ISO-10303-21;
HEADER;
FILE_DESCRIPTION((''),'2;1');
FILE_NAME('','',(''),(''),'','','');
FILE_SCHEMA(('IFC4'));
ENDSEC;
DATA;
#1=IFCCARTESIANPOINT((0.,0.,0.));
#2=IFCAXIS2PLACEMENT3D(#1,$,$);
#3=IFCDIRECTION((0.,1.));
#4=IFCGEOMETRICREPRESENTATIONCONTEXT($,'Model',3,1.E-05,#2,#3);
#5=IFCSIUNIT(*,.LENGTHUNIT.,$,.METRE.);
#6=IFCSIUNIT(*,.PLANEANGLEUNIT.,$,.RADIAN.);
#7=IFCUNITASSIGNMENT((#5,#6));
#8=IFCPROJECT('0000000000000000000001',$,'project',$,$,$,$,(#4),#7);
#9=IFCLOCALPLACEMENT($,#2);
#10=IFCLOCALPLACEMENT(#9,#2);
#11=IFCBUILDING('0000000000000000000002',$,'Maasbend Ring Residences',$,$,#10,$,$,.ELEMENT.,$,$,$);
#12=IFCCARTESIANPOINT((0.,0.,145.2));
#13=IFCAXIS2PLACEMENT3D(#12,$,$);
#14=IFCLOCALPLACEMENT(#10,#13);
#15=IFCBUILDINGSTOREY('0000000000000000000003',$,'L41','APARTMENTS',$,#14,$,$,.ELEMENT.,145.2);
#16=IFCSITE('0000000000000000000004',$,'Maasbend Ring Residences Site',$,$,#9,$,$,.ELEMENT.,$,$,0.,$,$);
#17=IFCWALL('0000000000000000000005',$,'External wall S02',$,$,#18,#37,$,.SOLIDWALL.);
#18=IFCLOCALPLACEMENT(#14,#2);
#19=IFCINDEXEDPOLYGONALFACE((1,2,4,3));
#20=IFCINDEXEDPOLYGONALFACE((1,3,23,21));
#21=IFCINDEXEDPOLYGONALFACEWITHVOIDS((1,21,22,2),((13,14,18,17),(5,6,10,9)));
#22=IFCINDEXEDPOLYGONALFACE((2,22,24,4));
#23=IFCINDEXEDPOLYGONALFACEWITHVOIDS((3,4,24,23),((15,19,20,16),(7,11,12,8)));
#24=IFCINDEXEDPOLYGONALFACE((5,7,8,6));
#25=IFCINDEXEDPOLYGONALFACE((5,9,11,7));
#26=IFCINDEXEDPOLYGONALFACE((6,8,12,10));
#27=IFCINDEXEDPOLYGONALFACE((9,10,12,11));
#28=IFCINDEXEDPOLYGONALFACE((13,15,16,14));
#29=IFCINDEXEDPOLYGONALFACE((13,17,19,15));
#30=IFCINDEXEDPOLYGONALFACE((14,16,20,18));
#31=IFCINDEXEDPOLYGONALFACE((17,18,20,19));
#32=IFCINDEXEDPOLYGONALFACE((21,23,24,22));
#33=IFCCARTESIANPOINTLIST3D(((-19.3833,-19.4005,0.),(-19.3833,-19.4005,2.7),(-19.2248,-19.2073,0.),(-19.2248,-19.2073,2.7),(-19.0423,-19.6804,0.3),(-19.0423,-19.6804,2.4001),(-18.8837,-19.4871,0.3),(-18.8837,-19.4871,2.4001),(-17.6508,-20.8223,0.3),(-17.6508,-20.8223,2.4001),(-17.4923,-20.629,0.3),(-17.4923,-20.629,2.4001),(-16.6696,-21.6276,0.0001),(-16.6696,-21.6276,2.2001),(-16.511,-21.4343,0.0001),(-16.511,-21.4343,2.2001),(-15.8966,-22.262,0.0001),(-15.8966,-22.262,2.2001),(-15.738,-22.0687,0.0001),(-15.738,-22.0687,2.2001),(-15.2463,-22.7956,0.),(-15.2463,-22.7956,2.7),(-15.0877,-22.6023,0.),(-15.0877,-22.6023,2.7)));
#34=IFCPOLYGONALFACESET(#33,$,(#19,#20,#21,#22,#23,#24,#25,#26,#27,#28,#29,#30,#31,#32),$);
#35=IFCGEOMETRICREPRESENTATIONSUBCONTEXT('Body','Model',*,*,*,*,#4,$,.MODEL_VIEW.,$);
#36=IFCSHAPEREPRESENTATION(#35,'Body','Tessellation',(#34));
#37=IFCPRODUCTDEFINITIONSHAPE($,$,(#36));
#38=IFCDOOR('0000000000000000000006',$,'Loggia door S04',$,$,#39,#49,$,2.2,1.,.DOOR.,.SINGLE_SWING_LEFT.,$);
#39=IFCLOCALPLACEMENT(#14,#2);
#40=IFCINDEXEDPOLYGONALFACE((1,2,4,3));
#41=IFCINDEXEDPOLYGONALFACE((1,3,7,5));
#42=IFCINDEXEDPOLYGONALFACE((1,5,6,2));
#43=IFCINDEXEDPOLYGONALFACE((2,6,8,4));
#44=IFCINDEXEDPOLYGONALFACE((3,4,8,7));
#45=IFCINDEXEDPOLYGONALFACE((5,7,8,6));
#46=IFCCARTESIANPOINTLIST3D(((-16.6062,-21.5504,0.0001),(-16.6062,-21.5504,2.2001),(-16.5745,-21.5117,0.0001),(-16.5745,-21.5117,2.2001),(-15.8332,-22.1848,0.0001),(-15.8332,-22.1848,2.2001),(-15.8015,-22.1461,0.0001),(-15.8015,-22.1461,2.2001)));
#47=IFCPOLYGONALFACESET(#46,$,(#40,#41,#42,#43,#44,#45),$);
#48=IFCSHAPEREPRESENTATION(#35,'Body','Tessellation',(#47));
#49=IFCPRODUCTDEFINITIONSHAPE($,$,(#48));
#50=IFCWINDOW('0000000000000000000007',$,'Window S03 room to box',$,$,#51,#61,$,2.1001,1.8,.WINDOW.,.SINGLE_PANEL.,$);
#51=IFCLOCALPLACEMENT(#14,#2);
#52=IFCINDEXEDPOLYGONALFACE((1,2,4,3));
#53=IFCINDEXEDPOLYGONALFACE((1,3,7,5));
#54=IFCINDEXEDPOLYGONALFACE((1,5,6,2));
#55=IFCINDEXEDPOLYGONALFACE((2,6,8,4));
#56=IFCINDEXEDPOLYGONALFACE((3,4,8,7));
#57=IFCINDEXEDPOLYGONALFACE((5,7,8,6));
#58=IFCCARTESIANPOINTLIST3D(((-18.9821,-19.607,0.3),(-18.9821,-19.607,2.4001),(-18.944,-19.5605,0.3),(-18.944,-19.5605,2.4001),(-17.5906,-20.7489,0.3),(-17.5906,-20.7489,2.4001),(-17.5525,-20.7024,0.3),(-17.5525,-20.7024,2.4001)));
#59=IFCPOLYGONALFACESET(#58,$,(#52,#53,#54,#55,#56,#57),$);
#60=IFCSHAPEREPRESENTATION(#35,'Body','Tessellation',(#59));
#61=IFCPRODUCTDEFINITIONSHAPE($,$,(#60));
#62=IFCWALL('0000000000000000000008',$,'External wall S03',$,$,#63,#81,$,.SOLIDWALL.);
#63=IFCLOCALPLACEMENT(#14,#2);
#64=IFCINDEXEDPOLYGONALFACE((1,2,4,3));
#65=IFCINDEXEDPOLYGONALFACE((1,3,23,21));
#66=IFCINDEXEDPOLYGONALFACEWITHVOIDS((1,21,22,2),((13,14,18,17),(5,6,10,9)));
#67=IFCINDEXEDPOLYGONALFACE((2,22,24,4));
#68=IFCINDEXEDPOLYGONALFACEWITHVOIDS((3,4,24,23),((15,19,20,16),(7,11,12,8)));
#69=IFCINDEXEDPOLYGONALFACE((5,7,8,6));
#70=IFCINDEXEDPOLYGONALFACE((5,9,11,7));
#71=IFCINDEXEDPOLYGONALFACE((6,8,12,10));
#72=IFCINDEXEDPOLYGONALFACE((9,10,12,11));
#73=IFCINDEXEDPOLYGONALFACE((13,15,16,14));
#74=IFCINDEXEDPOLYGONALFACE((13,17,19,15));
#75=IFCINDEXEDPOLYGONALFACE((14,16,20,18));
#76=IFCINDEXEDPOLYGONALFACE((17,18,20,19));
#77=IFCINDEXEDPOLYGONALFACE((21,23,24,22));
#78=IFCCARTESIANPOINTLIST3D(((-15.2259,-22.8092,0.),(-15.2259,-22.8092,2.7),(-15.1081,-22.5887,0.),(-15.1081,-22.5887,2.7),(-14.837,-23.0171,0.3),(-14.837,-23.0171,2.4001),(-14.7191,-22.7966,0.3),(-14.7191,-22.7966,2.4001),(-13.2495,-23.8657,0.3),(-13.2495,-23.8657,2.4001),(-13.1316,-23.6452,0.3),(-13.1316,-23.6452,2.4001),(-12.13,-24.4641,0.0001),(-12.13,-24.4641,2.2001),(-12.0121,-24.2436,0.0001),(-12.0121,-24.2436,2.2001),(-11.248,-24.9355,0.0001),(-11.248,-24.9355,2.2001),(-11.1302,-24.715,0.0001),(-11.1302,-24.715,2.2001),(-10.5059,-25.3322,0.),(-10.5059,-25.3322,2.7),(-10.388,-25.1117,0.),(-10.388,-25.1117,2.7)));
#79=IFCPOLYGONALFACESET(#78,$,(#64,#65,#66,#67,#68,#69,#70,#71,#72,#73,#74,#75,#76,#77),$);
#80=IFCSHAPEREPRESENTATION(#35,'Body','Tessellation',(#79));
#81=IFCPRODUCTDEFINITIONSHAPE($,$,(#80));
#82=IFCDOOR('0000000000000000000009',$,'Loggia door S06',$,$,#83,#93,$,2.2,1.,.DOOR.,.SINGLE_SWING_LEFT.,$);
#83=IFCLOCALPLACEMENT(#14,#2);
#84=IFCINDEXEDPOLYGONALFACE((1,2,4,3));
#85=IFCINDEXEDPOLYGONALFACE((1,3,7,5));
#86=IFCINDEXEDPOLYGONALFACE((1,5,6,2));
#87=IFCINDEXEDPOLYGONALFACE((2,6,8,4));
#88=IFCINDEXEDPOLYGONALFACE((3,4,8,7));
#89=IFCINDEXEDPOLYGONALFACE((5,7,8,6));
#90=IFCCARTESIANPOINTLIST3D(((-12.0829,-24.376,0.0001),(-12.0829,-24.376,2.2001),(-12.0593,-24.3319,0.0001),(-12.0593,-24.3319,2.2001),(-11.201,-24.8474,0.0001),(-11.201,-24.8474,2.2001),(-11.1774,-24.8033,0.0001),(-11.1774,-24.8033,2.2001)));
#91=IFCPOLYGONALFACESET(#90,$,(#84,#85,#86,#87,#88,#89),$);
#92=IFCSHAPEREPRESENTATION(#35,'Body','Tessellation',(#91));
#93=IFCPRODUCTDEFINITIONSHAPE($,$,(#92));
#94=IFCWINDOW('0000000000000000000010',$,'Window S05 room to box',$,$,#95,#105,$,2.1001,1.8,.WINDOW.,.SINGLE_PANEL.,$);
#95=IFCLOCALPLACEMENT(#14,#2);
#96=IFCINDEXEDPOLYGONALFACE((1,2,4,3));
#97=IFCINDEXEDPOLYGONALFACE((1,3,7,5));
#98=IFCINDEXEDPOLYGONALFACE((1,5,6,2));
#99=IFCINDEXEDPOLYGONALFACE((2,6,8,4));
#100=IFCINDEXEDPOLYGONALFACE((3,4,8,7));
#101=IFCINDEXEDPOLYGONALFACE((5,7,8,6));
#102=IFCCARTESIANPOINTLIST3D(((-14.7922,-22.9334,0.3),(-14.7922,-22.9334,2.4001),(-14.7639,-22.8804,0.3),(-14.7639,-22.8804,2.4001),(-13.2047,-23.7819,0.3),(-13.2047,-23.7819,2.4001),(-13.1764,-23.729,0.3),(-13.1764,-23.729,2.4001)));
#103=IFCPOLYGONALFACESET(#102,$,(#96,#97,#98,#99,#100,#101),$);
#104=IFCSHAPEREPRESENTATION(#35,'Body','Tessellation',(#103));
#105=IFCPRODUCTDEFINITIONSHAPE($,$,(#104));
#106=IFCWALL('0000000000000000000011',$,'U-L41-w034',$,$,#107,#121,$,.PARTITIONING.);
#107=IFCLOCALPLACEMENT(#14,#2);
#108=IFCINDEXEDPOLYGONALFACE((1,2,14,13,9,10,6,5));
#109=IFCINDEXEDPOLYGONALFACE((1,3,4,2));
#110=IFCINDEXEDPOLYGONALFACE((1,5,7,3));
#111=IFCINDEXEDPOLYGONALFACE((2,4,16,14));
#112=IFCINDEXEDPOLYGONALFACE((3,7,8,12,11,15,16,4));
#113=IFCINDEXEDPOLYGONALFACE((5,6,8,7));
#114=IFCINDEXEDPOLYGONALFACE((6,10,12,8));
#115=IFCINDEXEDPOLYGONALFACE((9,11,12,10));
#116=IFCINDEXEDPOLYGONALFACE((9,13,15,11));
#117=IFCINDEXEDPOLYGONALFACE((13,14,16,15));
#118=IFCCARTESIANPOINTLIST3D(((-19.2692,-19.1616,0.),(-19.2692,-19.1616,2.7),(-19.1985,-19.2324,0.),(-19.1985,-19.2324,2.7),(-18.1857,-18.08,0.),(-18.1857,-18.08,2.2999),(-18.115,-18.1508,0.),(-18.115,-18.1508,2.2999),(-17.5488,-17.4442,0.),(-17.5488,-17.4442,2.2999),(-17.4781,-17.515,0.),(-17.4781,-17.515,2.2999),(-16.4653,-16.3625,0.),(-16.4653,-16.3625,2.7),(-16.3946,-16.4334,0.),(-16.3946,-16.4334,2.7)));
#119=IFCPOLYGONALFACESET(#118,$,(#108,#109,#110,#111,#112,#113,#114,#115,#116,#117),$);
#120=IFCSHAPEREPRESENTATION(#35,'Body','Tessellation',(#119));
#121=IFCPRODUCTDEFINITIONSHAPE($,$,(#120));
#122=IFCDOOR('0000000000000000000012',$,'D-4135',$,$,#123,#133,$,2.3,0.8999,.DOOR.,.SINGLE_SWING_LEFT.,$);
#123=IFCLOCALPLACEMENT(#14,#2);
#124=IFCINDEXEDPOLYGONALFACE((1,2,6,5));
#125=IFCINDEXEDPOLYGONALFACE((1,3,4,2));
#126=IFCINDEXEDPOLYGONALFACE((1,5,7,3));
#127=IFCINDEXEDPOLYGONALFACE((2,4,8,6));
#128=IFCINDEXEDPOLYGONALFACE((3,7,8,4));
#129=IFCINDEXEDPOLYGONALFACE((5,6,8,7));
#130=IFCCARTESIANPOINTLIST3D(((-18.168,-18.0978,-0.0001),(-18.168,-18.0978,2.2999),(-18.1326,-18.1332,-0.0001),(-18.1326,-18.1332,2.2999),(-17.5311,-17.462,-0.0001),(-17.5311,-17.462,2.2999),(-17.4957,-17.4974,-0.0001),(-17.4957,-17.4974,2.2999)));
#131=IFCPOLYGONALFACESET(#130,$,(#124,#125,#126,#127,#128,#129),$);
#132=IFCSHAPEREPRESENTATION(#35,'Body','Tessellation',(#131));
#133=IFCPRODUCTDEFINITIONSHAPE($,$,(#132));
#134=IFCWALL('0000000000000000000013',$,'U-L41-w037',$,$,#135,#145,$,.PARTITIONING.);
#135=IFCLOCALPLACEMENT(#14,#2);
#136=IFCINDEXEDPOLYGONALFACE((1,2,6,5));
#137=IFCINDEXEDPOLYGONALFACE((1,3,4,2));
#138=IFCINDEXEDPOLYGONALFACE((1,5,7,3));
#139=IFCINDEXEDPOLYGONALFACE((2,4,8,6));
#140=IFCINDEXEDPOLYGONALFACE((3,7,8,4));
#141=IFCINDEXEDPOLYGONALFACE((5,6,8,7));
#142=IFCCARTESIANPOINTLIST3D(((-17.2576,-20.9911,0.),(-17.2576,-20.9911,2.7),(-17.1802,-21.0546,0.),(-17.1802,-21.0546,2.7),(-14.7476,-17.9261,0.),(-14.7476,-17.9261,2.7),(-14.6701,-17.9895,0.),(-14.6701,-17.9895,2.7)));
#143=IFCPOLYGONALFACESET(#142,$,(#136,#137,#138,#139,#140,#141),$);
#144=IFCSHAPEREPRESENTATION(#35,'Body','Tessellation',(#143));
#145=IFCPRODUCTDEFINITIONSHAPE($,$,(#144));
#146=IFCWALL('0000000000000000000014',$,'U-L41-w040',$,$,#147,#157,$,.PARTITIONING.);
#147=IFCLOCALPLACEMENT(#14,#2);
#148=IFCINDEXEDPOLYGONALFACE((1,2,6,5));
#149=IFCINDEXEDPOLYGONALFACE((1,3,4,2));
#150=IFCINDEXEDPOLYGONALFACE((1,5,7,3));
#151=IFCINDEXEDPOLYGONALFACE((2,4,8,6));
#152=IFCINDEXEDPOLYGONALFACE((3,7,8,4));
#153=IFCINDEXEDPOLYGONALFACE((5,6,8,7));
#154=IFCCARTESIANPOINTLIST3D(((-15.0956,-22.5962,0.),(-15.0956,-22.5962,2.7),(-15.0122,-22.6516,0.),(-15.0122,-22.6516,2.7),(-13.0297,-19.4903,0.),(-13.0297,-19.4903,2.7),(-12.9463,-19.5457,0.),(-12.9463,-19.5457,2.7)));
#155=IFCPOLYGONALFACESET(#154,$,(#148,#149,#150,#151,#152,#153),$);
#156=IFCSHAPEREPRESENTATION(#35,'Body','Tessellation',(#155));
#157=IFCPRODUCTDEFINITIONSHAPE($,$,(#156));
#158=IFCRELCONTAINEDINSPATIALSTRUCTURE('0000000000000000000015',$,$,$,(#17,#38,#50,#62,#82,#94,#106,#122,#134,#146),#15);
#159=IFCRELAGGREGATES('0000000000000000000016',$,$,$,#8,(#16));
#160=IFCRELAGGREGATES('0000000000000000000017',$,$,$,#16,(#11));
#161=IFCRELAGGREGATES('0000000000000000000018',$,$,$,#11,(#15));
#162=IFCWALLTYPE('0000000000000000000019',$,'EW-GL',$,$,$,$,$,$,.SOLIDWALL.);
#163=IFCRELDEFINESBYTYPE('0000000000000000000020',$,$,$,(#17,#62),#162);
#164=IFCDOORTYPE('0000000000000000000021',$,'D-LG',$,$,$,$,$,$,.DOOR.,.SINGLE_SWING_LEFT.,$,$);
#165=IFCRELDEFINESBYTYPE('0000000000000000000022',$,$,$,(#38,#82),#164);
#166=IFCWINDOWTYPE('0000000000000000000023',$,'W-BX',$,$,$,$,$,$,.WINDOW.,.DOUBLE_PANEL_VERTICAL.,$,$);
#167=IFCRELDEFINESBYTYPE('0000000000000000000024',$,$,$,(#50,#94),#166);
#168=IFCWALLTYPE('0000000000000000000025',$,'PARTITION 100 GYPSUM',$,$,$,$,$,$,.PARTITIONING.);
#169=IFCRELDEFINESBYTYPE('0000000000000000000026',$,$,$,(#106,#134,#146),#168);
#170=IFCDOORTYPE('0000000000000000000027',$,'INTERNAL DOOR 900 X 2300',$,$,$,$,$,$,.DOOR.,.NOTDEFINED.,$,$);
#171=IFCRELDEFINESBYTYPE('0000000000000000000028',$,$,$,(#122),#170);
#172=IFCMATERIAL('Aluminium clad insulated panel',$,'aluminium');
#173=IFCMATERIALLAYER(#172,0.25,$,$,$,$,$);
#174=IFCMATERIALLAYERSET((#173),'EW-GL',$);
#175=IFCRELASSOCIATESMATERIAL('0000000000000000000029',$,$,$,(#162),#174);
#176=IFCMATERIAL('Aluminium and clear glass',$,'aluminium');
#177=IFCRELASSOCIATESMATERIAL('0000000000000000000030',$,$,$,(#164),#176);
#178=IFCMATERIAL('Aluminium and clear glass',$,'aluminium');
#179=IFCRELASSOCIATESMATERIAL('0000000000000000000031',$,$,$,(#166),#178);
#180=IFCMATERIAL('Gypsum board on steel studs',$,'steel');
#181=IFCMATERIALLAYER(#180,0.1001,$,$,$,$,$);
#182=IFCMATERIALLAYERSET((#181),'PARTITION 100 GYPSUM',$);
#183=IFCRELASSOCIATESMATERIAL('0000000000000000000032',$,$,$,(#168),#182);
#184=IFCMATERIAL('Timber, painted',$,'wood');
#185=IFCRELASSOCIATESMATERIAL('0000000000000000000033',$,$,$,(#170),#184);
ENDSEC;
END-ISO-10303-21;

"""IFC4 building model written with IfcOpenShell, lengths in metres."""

from ifc_helpers import new_model, si_unit, direction, frame, frame_2d, origin, place, context, subcontext, project, spatial, rectangle, extrude, material, layer, layer_set, type_object, element, fill, save


model = new_model("IFC4")

# Units and contexts
model_context = context("Model", 3, precision=1e-05, world=origin(), true_north=direction((0.0, 1.0)))
body_context = subcontext(model_context, "Body", "Model", "MODEL_VIEW")
ifc_project = project(units=[si_unit("LENGTHUNIT", "METRE"), si_unit("PLANEANGLEUNIT", "RADIAN")], contexts=[model_context])

# Site, building, storey
site_placement = place(None, origin())
site = spatial("IfcSite", under=ifc_project, at=site_placement, Name="Maasbend Ring Residences Site", CompositionType="ELEMENT", RefElevation=0.0)
building_placement = place(site_placement, origin())
building = spatial("IfcBuilding", under=site, at=building_placement, Name="Maasbend Ring Residences", CompositionType="ELEMENT")
storey_placement = place(building_placement, frame((0.0, 0.0, 145.2)))
storey = spatial("IfcBuildingStorey", under=building, at=storey_placement, Name="L41", Description="APARTMENTS", CompositionType="ELEMENT", Elevation=145.2)

# Walls, openings, doors, windows
ifc_material_1 = material(Name="Aluminium clad insulated panel", Category="aluminium")
ifc_layer_1 = layer(ifc_material_1, 0.25)
ifc_layer_set_1 = layer_set([ifc_layer_1], Name="EW-GL")
wall_type_1 = type_object("IfcWallType", Name="EW-GL", PredefinedType="SOLIDWALL", material=ifc_layer_set_1)
wall_1_placement = place(storey_placement, frame((-19.304, -19.304, 0.0), z_axis=(0.0, 0.0, 1.0), x_axis=(0.773019, -0.634382, 0.0)))
wall_1 = element("IfcWall", 1, at=wall_1_placement, inside=storey, type_object=wall_type_1, Name="External wall S02", PredefinedType="SOLIDWALL", context=body_context, shape_type="SweptSolid", body=[
    extrude(rectangle(XDim=5.3518, YDim=0.25, at=frame_2d((2.6758, 0.0))), origin(), (0.0, 0.0, 1.0), 2.7),
])
opening_1_placement = place(wall_1_placement, frame((0.4412, 0.0, 0.3)))
opening_1 = element("IfcOpeningElement", 2, at=opening_1_placement, cuts=wall_1, PredefinedType="OPENING", context=body_context, shape_type="SweptSolid", body=[
    extrude(rectangle(XDim=1.8, YDim=2.1001, at=frame_2d((0.8999, 1.05))), frame((0.0, 0.135, 0.0), z_axis=(0.0, -1.0, 0.0), x_axis=(1.0, 0.0, 0.0)), (0.0, 0.0, 1.0), 0.27),
])
opening_2_placement = place(wall_1_placement, frame((3.5105, 0.0, 0.0)))
opening_2 = element("IfcOpeningElement", 3, at=opening_2_placement, cuts=wall_1, PredefinedType="OPENING", context=body_context, shape_type="SweptSolid", body=[
    extrude(rectangle(XDim=1.0, YDim=2.2, at=frame_2d((0.5, 1.1001))), frame((0.0, 0.135, 0.0), z_axis=(0.0, -1.0, 0.0), x_axis=(1.0, 0.0, 0.0)), (0.0, 0.0, 1.0), 0.27),
])
ifc_material_2 = material(Name="Aluminium and clear glass", Category="aluminium")
door_type_1 = type_object("IfcDoorType", Name="D-LG", OperationType="SINGLE_SWING_LEFT", PredefinedType="DOOR", material=ifc_material_2)
door_1_placement = place(opening_2_placement, origin())
door_1 = element("IfcDoor", 4, at=door_1_placement, inside=storey, type_object=door_type_1, Name="Loggia door S04", OperationType="SINGLE_SWING_LEFT", OverallHeight=2.2, OverallWidth=1.0, PredefinedType="DOOR", context=body_context, shape_type="SweptSolid", body=[
    extrude(rectangle(XDim=1.0, YDim=2.2, at=frame_2d((0.5, 1.1001))), frame((0.0, 0.0249, 0.0), z_axis=(0.0, -1.0, 0.0), x_axis=(1.0, 0.0, 0.0)), (0.0, 0.0, 1.0), 0.05),
])
fill(opening_2, door_1)
ifc_material_3 = material(Name="Aluminium and clear glass", Category="aluminium")
window_type_1 = type_object("IfcWindowType", Name="W-BX", PartitioningType="DOUBLE_PANEL_VERTICAL", PredefinedType="WINDOW", material=ifc_material_3)
window_1_placement = place(opening_1_placement, origin())
window_1 = element("IfcWindow", 5, at=window_1_placement, inside=storey, type_object=window_type_1, Name="Window S03 room to box", OverallHeight=2.1001, OverallWidth=1.8, PartitioningType="SINGLE_PANEL", PredefinedType="WINDOW", context=body_context, shape_type="SweptSolid", body=[
    extrude(rectangle(XDim=1.8, YDim=2.1001, at=frame_2d((0.8999, 1.05))), frame((0.0, 0.03, 0.0), z_axis=(0.0, -1.0, 0.0), x_axis=(1.0, 0.0, 0.0)), (0.0, 0.0, 1.0), 0.0601),
])
fill(opening_1, window_1)
wall_2_placement = place(storey_placement, frame((-15.167, -22.699, 0.0), z_axis=(0.0, 0.0, 1.0), x_axis=(0.881916, -0.471407, 0.0)))
wall_2 = element("IfcWall", 6, at=wall_2_placement, inside=storey, type_object=wall_type_1, Name="External wall S03", PredefinedType="SOLIDWALL", context=body_context, shape_type="SweptSolid", body=[
    extrude(rectangle(XDim=5.3521, YDim=0.25, at=frame_2d((2.676, 0.0))), origin(), (0.0, 0.0, 1.0), 2.7),
])
opening_3_placement = place(wall_2_placement, frame((0.4412, 0.0, 0.3)))
opening_3 = element("IfcOpeningElement", 7, at=opening_3_placement, cuts=wall_2, PredefinedType="OPENING", context=body_context, shape_type="SweptSolid", body=[
    extrude(rectangle(XDim=1.8, YDim=2.1001, at=frame_2d((0.8999, 1.05))), frame((0.0, 0.135, 0.0), z_axis=(0.0, -1.0, 0.0), x_axis=(1.0, 0.0, 0.0)), (0.0, 0.0, 1.0), 0.27),
])
opening_4_placement = place(wall_2_placement, frame((3.5105, 0.0, 0.0)))
opening_4 = element("IfcOpeningElement", 8, at=opening_4_placement, cuts=wall_2, PredefinedType="OPENING", context=body_context, shape_type="SweptSolid", body=[
    extrude(rectangle(XDim=1.0, YDim=2.2, at=frame_2d((0.5, 1.1001))), frame((0.0, 0.135, 0.0), z_axis=(0.0, -1.0, 0.0), x_axis=(1.0, 0.0, 0.0)), (0.0, 0.0, 1.0), 0.27),
])
door_2_placement = place(opening_4_placement, origin())
door_2 = element("IfcDoor", 9, at=door_2_placement, inside=storey, type_object=door_type_1, Name="Loggia door S06", OperationType="SINGLE_SWING_LEFT", OverallHeight=2.2, OverallWidth=1.0, PredefinedType="DOOR", context=body_context, shape_type="SweptSolid", body=[
    extrude(rectangle(XDim=1.0, YDim=2.2, at=frame_2d((0.5, 1.1001))), frame((0.0, 0.0249, 0.0), z_axis=(0.0, -1.0, 0.0), x_axis=(1.0, 0.0, 0.0)), (0.0, 0.0, 1.0), 0.05),
])
fill(opening_4, door_2)
window_2_placement = place(opening_3_placement, origin())
window_2 = element("IfcWindow", 10, at=window_2_placement, inside=storey, type_object=window_type_1, Name="Window S05 room to box", OverallHeight=2.1001, OverallWidth=1.8, PartitioningType="SINGLE_PANEL", PredefinedType="WINDOW", context=body_context, shape_type="SweptSolid", body=[
    extrude(rectangle(XDim=1.8, YDim=2.1001, at=frame_2d((0.8999, 1.05))), frame((0.0, 0.03, 0.0), z_axis=(0.0, -1.0, 0.0), x_axis=(1.0, 0.0, 0.0)), (0.0, 0.0, 1.0), 0.0601),
])
fill(opening_3, window_2)

# Wall, opening, door
ifc_material_4 = material(Name="Gypsum board on steel studs", Category="steel")
ifc_layer_2 = layer(ifc_material_4, 0.1001)
ifc_layer_set_2 = layer_set([ifc_layer_2], Name="PARTITION 100 GYPSUM")
wall_type_2 = type_object("IfcWallType", Name="PARTITION 100 GYPSUM", PredefinedType="PARTITIONING", material=ifc_layer_set_2)
wall_3_placement = place(storey_placement, frame((-19.2339, -19.197, 0.0), z_axis=(0.0, 0.0, 1.0), x_axis=(0.707723, 0.70649, 0.0)))
wall_3 = element("IfcWall", 11, at=wall_3_placement, inside=storey, type_object=wall_type_2, Name="U-L41-w034", PredefinedType="PARTITIONING", context=body_context, shape_type="SweptSolid", body=[
    extrude(rectangle(XDim=3.9619, YDim=0.1001, at=frame_2d((1.981, 0.0))), origin(), (0.0, 0.0, 1.0), 2.7),
])
opening_5_placement = place(wall_3_placement, frame((1.531, 0.0, 0.0)))
opening_5 = element("IfcOpeningElement", 12, at=opening_5_placement, cuts=wall_3, PredefinedType="OPENING", context=body_context, shape_type="SweptSolid", body=[
    extrude(rectangle(XDim=0.8999, YDim=2.3, at=frame_2d((0.45, 1.1499))), frame((0.0, 0.0601, 0.0), z_axis=(0.0, -1.0, 0.0), x_axis=(1.0, 0.0, 0.0)), (0.0, 0.0, 1.0), 0.1201),
])
ifc_material_5 = material(Name="Timber, painted", Category="wood")
door_type_2 = type_object("IfcDoorType", Name="INTERNAL DOOR 900 X 2300", OperationType="NOTDEFINED", PredefinedType="DOOR", material=ifc_material_5)
door_3_placement = place(opening_5_placement, origin())
door_3 = element("IfcDoor", 13, at=door_3_placement, inside=storey, type_object=door_type_2, Name="D-4135", OperationType="SINGLE_SWING_LEFT", OverallHeight=2.3, OverallWidth=0.8999, PredefinedType="DOOR", context=body_context, shape_type="SweptSolid", body=[
    extrude(rectangle(XDim=0.8999, YDim=2.3, at=frame_2d((0.45, 1.1499))), frame((0.0, 0.0249, 0.0), z_axis=(0.0, -1.0, 0.0), x_axis=(1.0, 0.0, 0.0)), (0.0, 0.0, 1.0), 0.05),
])
fill(opening_5, door_3)

# Walls
wall_4_placement = place(storey_placement, frame((-17.219, -21.0229, 0.0), z_axis=(0.0, 0.0, 1.0), x_axis=(0.63359, 0.773669, 0.0)))
element("IfcWall", 14, at=wall_4_placement, inside=storey, type_object=wall_type_2, Name="U-L41-w037", PredefinedType="PARTITIONING", context=body_context, shape_type="SweptSolid", body=[
    extrude(rectangle(XDim=3.9617, YDim=0.1001, at=frame_2d((1.981, 0.0))), origin(), (0.0, 0.0, 1.0), 2.7),
])
wall_5_placement = place(storey_placement, frame((-15.054, -22.624, 0.0), z_axis=(0.0, 0.0, 1.0), x_axis=(0.553824, 0.832634, 0.0)))
element("IfcWall", 15, at=wall_5_placement, inside=storey, type_object=wall_type_2, Name="U-L41-w040", PredefinedType="PARTITIONING", context=body_context, shape_type="SweptSolid", body=[
    extrude(rectangle(XDim=3.7302, YDim=0.1001, at=frame_2d((1.8652, 0.0))), origin(), (0.0, 0.0, 1.0), 2.7),
])

save(model, "model.ifc")
